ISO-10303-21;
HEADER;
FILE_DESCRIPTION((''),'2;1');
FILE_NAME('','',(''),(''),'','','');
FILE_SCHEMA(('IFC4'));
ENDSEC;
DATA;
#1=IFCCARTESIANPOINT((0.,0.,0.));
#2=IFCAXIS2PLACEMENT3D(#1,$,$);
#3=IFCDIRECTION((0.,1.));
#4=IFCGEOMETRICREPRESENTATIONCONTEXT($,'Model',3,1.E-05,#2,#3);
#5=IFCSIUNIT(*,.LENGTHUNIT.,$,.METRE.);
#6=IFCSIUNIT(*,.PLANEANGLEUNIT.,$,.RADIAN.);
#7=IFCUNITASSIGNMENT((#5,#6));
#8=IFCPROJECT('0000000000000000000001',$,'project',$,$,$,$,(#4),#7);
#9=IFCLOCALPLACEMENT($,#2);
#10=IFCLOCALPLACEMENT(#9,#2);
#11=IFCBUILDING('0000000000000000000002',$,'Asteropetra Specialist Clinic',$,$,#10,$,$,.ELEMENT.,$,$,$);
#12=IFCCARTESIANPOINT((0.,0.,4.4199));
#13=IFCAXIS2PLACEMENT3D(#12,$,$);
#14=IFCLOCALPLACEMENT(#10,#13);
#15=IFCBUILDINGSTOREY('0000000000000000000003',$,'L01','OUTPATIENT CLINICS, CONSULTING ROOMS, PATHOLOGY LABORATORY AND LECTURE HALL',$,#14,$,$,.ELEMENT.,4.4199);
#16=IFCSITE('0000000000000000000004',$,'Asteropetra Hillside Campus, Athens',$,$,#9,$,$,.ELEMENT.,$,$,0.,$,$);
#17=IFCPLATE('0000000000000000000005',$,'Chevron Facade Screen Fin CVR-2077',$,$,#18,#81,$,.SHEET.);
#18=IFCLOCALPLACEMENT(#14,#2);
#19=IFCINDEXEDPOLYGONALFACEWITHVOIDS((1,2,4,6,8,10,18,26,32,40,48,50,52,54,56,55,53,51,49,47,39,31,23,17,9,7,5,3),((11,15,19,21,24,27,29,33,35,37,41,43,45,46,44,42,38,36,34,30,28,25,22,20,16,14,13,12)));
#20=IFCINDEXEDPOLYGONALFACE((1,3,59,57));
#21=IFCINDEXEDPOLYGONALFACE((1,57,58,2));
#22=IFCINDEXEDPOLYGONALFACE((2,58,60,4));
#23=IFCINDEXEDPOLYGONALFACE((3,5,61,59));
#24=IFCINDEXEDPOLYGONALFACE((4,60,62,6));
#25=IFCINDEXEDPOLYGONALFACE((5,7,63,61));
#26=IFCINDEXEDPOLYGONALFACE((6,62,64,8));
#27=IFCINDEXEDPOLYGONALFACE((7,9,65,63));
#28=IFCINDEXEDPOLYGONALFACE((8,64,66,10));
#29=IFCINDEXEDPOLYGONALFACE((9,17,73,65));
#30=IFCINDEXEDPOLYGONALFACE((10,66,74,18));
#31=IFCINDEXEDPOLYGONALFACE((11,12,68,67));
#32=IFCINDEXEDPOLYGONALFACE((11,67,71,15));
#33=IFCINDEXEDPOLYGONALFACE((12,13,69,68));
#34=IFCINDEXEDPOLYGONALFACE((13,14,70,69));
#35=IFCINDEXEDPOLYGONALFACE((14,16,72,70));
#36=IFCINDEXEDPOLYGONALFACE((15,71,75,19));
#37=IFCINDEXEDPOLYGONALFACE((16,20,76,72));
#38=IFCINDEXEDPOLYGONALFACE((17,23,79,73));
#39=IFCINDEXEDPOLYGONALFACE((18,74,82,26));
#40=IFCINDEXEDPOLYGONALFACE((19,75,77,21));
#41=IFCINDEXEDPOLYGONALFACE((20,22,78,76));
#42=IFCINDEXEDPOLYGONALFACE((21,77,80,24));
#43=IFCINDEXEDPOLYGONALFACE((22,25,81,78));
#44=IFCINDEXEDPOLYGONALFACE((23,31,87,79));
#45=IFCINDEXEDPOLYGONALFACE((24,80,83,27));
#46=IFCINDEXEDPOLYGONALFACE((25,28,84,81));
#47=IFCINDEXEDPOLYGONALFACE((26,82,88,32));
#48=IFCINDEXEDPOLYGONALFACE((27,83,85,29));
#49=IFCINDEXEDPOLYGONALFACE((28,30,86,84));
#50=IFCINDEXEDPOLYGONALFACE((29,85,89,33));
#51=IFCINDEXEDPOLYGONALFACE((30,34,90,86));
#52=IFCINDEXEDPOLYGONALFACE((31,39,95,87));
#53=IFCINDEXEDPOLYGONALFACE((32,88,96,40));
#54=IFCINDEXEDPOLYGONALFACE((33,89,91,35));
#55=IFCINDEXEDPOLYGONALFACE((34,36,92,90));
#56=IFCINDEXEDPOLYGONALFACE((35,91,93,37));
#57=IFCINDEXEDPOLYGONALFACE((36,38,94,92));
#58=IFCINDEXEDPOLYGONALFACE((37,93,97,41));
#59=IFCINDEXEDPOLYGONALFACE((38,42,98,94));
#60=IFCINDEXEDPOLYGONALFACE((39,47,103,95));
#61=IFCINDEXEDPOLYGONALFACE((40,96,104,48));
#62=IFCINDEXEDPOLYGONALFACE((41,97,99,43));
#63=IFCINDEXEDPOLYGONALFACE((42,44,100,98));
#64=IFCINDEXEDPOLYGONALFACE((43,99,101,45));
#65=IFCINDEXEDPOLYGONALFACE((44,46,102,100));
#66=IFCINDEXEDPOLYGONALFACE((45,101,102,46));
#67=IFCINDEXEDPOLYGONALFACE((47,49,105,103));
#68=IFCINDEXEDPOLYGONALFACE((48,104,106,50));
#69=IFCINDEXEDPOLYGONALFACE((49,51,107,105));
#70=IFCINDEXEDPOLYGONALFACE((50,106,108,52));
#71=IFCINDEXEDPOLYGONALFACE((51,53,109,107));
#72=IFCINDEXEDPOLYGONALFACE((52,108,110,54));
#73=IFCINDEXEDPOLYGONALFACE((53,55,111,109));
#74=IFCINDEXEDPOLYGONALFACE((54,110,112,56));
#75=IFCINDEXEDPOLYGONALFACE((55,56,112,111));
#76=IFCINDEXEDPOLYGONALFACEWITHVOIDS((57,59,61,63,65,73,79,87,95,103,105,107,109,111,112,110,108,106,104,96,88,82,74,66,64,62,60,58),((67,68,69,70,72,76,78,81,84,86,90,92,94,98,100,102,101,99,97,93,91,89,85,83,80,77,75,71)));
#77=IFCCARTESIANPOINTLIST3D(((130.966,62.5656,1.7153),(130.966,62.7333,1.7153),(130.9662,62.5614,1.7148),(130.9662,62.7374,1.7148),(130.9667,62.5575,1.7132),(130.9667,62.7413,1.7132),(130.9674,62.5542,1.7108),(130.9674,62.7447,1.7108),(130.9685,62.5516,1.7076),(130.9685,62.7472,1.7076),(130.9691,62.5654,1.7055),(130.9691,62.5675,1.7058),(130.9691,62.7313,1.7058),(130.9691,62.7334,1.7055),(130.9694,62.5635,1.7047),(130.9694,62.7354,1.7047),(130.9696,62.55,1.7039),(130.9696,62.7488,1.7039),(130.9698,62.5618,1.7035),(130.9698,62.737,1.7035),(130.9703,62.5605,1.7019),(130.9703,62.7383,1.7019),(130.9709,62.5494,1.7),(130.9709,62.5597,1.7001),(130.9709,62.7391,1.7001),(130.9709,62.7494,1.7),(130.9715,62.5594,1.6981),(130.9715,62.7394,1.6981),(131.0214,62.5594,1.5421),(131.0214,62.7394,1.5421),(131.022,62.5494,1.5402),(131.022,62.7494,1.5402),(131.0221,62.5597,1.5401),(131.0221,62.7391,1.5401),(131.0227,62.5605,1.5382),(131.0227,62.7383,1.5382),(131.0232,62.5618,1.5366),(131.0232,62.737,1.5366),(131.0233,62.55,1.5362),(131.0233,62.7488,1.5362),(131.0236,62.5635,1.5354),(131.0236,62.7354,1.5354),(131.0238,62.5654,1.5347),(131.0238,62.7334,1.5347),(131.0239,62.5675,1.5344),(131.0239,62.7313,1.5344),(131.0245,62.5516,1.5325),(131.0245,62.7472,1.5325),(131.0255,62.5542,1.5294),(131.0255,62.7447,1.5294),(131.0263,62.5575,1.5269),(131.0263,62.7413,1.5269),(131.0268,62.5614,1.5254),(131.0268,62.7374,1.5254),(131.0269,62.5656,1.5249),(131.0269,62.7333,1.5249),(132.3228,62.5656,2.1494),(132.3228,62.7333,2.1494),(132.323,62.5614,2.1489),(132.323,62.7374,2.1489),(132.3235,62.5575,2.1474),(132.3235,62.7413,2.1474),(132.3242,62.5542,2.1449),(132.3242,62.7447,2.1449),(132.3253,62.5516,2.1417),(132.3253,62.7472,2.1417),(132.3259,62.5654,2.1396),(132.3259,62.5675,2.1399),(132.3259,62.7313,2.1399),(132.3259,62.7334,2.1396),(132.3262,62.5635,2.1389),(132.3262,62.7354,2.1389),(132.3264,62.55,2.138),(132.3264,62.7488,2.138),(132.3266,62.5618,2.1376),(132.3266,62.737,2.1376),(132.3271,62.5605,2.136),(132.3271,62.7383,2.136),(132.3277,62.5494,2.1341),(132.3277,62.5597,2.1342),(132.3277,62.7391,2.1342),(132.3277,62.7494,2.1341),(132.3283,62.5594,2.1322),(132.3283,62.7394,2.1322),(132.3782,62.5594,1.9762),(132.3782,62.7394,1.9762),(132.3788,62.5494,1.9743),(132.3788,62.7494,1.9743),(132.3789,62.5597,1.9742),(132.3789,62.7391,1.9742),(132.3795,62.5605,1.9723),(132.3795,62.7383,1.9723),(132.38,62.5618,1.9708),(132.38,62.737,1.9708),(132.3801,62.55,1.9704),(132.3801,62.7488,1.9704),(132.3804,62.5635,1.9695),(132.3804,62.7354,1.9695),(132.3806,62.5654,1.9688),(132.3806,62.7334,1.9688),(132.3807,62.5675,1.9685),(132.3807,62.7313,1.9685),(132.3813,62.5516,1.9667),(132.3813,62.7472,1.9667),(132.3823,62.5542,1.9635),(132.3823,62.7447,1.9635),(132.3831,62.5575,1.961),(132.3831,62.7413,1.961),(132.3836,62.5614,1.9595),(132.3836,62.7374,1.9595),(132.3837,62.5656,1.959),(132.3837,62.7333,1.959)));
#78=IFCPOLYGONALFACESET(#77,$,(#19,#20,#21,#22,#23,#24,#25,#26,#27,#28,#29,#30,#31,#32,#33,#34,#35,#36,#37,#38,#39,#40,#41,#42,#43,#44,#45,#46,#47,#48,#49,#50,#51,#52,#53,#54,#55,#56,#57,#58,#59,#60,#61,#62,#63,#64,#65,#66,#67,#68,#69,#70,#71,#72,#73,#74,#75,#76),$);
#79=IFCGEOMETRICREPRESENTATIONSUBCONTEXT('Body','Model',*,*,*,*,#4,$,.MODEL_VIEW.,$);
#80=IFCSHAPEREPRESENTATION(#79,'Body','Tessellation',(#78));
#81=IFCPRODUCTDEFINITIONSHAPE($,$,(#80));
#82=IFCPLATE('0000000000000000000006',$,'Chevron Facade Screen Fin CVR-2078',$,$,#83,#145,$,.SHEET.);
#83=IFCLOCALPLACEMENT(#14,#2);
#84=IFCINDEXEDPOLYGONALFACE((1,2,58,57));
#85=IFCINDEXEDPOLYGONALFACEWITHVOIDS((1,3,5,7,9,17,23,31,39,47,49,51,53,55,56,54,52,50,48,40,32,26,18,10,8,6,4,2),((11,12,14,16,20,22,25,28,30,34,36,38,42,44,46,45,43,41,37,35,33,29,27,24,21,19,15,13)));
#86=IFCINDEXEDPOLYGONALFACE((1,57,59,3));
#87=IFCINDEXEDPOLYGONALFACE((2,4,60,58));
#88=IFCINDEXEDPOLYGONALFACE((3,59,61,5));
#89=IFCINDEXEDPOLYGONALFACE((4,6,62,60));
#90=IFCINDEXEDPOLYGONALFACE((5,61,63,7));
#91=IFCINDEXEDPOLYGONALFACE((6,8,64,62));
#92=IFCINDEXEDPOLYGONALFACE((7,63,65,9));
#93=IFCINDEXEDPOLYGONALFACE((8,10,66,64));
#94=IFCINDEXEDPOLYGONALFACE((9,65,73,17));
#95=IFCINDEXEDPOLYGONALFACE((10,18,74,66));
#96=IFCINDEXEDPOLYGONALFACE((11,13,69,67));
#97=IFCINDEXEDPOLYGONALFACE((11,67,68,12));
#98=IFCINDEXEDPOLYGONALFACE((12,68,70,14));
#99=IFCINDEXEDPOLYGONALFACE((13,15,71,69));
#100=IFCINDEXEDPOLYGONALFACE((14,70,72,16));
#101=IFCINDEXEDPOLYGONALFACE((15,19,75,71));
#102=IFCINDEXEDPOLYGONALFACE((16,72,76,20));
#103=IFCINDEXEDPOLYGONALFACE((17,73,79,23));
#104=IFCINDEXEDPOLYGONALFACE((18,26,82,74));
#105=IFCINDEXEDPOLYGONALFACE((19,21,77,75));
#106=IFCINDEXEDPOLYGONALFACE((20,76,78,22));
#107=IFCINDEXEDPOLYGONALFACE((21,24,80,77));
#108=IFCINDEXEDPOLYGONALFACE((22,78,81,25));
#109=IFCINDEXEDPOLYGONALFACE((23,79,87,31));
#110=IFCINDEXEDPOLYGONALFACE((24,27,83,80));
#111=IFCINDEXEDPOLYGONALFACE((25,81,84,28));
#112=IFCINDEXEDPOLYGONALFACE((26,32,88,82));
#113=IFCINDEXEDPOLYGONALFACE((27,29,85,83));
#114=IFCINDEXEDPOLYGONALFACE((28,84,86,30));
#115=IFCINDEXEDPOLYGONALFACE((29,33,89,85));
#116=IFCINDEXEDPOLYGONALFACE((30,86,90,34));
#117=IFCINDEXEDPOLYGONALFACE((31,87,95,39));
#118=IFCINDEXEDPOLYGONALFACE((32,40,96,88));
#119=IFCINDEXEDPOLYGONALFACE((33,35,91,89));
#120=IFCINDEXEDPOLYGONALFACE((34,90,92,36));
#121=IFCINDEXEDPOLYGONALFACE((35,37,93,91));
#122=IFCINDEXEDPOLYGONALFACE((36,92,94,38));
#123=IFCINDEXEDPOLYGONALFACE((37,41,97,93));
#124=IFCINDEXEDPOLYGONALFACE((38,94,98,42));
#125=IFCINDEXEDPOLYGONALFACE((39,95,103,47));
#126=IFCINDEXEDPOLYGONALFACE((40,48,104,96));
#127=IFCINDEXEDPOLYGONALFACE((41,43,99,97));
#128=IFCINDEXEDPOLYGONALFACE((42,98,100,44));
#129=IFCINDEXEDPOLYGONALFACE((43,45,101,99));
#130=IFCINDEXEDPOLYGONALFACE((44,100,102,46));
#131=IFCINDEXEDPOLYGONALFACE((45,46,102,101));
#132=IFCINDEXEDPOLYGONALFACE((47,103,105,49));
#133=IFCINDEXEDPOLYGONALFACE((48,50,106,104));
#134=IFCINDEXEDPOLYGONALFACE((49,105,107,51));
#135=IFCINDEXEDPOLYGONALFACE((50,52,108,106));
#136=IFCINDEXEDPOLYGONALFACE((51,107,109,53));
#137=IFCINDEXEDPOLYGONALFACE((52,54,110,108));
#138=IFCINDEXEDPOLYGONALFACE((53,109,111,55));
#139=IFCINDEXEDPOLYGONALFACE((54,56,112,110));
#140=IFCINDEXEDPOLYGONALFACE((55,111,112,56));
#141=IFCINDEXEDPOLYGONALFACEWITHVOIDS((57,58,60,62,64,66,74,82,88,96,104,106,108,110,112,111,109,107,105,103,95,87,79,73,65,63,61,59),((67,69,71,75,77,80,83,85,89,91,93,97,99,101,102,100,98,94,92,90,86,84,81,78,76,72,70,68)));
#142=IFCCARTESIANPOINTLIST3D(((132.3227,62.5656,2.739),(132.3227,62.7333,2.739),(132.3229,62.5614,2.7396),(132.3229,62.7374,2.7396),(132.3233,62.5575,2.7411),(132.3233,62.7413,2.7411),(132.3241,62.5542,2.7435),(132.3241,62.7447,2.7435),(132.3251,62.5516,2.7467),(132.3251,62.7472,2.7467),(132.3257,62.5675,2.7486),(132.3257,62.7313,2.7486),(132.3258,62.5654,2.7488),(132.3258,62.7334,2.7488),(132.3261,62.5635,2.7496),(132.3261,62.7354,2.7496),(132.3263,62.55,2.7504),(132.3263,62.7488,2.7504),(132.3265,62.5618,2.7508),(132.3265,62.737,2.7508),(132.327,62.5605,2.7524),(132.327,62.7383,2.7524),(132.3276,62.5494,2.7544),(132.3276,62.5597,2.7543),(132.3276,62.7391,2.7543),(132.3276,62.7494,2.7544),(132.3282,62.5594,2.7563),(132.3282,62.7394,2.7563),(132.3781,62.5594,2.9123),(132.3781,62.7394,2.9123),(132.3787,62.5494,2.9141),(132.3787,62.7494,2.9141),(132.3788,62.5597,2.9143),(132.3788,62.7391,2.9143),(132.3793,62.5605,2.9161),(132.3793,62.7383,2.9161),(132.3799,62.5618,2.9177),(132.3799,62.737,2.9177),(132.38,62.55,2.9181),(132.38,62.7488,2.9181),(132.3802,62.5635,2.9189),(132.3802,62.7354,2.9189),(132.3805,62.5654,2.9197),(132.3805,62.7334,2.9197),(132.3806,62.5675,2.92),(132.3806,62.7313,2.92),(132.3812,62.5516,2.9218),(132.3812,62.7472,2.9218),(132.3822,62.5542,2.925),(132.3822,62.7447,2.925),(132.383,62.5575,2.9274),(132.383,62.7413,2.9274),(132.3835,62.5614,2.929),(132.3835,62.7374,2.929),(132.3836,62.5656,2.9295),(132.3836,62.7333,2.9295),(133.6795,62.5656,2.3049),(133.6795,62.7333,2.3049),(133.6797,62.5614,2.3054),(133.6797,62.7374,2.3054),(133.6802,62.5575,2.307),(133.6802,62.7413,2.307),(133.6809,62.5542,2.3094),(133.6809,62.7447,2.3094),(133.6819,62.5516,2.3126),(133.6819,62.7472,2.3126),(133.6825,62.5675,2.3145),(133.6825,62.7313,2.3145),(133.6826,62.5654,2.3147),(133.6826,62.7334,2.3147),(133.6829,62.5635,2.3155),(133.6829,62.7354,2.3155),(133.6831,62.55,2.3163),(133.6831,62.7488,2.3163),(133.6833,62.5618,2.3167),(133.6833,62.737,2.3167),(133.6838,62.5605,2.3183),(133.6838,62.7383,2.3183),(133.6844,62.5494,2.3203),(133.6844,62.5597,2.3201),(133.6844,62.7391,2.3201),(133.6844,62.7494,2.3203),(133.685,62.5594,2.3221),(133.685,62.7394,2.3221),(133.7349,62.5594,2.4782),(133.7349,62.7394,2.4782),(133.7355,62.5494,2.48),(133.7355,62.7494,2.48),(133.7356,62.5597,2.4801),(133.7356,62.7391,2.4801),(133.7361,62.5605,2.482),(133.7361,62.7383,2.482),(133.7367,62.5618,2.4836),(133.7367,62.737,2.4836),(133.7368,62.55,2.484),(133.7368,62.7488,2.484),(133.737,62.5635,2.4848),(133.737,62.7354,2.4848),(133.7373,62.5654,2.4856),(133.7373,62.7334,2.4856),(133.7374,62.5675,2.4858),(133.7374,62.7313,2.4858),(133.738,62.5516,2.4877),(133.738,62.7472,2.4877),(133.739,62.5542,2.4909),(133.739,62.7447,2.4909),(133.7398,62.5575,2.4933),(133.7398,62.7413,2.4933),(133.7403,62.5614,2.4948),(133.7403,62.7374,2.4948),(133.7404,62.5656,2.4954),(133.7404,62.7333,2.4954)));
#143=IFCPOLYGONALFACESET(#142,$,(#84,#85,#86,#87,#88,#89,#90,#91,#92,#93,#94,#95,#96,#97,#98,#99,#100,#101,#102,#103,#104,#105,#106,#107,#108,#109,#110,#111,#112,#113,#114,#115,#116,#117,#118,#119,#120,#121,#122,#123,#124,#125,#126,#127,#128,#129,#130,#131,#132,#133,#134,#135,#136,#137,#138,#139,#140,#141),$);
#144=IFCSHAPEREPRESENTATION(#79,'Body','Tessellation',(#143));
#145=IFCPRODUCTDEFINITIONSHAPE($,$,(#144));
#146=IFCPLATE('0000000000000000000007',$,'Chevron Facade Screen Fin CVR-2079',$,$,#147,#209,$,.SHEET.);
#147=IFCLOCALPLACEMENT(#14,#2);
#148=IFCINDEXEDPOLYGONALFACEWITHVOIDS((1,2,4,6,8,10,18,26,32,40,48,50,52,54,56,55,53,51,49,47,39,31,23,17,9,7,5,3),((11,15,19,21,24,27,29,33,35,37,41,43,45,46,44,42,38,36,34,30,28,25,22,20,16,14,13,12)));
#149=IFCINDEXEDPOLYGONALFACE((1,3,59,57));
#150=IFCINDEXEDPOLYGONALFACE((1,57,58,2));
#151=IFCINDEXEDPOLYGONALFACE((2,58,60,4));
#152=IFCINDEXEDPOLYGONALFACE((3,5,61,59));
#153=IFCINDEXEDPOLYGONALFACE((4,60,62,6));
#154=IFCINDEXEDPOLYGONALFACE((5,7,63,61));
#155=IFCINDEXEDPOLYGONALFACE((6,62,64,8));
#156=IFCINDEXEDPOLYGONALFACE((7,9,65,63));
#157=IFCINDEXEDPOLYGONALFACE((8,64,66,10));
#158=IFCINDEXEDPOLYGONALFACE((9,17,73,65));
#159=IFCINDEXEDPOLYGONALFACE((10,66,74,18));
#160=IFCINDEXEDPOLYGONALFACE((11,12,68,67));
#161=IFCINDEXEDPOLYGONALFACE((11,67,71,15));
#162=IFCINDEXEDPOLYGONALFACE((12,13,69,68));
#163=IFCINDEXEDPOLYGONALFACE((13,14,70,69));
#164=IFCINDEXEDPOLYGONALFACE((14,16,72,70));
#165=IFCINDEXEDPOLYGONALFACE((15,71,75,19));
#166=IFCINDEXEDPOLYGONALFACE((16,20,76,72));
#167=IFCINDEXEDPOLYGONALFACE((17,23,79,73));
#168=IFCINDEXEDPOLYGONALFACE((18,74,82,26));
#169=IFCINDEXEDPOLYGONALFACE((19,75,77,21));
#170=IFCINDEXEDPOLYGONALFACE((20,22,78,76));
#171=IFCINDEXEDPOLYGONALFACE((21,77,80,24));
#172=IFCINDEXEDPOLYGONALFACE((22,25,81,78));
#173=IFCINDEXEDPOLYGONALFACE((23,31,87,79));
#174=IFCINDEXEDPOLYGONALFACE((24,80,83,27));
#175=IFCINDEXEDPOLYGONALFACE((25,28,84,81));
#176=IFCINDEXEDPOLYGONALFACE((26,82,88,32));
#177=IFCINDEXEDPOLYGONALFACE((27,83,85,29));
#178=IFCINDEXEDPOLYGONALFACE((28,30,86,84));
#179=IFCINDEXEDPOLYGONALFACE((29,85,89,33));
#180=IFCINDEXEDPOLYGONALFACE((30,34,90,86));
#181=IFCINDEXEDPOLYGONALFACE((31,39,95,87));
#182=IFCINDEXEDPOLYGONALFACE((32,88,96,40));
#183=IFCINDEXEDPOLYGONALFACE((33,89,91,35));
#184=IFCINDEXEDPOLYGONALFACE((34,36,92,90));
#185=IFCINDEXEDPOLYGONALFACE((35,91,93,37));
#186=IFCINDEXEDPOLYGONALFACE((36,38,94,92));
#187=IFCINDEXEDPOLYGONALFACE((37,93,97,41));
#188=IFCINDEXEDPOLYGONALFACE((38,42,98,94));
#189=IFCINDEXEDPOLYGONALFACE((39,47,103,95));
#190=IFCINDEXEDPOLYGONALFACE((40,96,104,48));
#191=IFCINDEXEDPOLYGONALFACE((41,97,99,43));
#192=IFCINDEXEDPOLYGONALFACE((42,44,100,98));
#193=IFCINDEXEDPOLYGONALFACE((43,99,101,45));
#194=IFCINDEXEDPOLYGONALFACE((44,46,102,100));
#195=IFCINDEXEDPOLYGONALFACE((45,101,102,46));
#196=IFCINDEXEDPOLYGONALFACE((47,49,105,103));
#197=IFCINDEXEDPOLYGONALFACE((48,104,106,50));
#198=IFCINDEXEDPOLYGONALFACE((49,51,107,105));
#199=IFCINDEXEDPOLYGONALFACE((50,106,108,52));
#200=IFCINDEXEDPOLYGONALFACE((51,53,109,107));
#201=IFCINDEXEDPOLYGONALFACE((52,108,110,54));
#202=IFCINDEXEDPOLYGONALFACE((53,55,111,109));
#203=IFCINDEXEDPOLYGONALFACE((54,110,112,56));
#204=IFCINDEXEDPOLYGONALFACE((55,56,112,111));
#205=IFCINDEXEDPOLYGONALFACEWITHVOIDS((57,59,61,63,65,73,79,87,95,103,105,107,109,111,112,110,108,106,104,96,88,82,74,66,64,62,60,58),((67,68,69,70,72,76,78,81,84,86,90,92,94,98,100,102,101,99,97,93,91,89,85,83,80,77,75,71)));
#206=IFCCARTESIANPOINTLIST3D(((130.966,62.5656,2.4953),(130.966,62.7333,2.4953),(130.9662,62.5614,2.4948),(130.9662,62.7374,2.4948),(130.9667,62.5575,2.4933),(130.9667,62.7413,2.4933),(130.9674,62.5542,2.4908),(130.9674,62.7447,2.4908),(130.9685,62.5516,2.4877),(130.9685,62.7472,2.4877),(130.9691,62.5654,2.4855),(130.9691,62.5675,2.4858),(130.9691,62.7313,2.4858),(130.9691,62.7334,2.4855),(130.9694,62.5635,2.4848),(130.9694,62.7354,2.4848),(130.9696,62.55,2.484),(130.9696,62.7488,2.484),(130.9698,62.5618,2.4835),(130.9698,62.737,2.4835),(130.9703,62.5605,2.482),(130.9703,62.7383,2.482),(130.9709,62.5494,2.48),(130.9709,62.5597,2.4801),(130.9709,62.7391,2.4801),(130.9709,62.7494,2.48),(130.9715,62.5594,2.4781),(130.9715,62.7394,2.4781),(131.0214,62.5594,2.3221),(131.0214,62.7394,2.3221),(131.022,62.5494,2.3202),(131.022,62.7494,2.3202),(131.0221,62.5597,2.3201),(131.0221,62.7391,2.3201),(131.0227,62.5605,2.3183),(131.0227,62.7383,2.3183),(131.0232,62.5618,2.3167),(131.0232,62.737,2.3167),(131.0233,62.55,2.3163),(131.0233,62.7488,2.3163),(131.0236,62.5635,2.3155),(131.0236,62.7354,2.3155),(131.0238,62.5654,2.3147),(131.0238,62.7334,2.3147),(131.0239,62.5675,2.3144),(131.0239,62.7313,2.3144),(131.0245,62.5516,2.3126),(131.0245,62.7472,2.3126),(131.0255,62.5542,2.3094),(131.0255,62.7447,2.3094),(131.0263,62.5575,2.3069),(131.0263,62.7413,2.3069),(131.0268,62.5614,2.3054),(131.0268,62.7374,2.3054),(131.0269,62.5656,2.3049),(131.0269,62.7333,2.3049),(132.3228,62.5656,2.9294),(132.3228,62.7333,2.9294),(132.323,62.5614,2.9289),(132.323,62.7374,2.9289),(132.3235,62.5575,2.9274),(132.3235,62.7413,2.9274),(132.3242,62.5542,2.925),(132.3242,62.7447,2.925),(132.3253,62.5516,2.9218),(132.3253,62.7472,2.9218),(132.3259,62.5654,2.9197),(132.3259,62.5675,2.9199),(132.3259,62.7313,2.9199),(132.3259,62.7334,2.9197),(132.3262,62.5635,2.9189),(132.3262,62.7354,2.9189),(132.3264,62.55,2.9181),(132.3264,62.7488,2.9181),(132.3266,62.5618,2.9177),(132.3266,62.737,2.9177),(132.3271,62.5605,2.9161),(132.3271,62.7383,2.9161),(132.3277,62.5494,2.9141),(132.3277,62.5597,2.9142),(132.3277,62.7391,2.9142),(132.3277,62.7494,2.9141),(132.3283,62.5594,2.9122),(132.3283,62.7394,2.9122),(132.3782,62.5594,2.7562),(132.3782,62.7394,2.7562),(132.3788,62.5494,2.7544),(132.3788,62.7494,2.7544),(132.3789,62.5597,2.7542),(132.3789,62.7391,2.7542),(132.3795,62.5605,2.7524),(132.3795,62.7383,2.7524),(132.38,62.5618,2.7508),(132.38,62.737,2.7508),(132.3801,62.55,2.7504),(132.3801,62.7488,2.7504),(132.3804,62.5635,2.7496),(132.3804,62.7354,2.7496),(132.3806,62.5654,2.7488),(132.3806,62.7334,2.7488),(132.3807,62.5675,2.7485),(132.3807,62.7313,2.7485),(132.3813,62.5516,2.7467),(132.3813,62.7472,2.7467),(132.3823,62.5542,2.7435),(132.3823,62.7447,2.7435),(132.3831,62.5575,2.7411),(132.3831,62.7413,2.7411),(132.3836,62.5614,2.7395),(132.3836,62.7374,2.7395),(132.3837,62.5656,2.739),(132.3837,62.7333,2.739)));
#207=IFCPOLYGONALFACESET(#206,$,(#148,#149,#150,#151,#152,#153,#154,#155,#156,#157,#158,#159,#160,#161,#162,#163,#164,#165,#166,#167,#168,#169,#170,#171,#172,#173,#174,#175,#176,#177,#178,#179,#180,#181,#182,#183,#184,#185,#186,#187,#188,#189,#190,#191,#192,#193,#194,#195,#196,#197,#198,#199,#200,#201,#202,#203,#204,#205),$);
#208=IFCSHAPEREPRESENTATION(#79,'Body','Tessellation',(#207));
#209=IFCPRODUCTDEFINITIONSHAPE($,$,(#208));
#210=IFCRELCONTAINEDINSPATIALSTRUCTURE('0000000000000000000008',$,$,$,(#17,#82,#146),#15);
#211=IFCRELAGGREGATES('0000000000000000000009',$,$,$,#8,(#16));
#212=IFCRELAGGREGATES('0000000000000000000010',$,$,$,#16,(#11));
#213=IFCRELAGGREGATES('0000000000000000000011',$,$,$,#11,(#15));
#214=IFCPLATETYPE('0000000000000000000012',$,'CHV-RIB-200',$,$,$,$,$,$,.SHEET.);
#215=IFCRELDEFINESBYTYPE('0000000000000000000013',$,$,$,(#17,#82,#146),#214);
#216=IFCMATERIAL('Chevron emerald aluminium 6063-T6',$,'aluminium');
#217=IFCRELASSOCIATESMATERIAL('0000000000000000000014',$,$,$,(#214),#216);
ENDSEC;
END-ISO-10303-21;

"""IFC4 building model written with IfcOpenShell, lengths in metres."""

from ifc_helpers import new_model, si_unit, direction, frame, origin, origin_2d, place, context, subcontext, project, spatial, hollow_rectangle, extrude, material, material_profile, profile_set, type_object, element, save


model = new_model("IFC4")

# Units and contexts
model_context = context("Model", 3, precision=1e-05, world=origin(), true_north=direction((0.0, 1.0)))
body_context = subcontext(model_context, "Body", "Model", "MODEL_VIEW")
ifc_project = project(units=[si_unit("LENGTHUNIT", "METRE"), si_unit("PLANEANGLEUNIT", "RADIAN")], contexts=[model_context])

# Site, building, storey
site_placement = place(None, origin())
site = spatial("IfcSite", under=ifc_project, at=site_placement, Name="Asteropetra Hillside Campus, Athens", CompositionType="ELEMENT", RefElevation=0.0)
building_placement = place(site_placement, origin())
building = spatial("IfcBuilding", under=site, at=building_placement, Name="Asteropetra Specialist Clinic", CompositionType="ELEMENT")
storey_placement = place(building_placement, frame((0.0, 0.0, 4.4199)))
storey = spatial("IfcBuildingStorey", under=building, at=storey_placement, Name="L01", Description="OUTPATIENT CLINICS, CONSULTING ROOMS, PATHOLOGY LABORATORY AND LECTURE HALL", CompositionType="ELEMENT", Elevation=4.4199)

# Plates
ifc_material_1 = material(Name="Chevron emerald aluminium 6063-T6", Category="aluminium")
ifc_material_profile_1 = material_profile(ifc_material_1, hollow_rectangle(XDim=0.2, YDim=0.2, WallThickness=0.01, InnerFilletRadius=0.0081, OuterFilletRadius=0.0161, at=origin_2d()), Name="SHS 200x200x10.0")
ifc_profile_set_1 = profile_set([ifc_material_profile_1], Name="Chevron emerald aluminium 6063-T6")
plate_type = type_object("IfcPlateType", Name="CHV-RIB-200", PredefinedType="SHEET", material=ifc_profile_set_1)
for number, where, z_axis, x_axis, name in (
    (1, (132.3533, 62.6494, 2.0542), (-0.952436, 0.0, -0.304738), (0.0, -1.0, 0.0), "Chevron Facade Screen Fin CVR-2077"),
    (2, (133.71, 62.6494, 2.4001), (-0.952436, 0.0, 0.304738), (0.0, -1.0, 0.0), "Chevron Facade Screen Fin CVR-2078"),
    (3, (132.3533, 62.6494, 2.8342), (-0.952436, 0.0, -0.304738), (0.0, -1.0, 0.0), "Chevron Facade Screen Fin CVR-2079"),
):
    element("IfcPlate", number, at=place(storey_placement, frame(where, z_axis=z_axis, x_axis=x_axis)), inside=storey, type_object=plate_type, Name=name, PredefinedType="SHEET", context=body_context, shape_type="SweptSolid", body=[
        extrude(hollow_rectangle(XDim=0.2, YDim=0.2, WallThickness=0.01, InnerFilletRadius=0.0081, OuterFilletRadius=0.0161, at=origin_2d()), origin(), (0.0, 0.0, 1.0), 1.4246),
    ])

save(model, "model.ifc")
